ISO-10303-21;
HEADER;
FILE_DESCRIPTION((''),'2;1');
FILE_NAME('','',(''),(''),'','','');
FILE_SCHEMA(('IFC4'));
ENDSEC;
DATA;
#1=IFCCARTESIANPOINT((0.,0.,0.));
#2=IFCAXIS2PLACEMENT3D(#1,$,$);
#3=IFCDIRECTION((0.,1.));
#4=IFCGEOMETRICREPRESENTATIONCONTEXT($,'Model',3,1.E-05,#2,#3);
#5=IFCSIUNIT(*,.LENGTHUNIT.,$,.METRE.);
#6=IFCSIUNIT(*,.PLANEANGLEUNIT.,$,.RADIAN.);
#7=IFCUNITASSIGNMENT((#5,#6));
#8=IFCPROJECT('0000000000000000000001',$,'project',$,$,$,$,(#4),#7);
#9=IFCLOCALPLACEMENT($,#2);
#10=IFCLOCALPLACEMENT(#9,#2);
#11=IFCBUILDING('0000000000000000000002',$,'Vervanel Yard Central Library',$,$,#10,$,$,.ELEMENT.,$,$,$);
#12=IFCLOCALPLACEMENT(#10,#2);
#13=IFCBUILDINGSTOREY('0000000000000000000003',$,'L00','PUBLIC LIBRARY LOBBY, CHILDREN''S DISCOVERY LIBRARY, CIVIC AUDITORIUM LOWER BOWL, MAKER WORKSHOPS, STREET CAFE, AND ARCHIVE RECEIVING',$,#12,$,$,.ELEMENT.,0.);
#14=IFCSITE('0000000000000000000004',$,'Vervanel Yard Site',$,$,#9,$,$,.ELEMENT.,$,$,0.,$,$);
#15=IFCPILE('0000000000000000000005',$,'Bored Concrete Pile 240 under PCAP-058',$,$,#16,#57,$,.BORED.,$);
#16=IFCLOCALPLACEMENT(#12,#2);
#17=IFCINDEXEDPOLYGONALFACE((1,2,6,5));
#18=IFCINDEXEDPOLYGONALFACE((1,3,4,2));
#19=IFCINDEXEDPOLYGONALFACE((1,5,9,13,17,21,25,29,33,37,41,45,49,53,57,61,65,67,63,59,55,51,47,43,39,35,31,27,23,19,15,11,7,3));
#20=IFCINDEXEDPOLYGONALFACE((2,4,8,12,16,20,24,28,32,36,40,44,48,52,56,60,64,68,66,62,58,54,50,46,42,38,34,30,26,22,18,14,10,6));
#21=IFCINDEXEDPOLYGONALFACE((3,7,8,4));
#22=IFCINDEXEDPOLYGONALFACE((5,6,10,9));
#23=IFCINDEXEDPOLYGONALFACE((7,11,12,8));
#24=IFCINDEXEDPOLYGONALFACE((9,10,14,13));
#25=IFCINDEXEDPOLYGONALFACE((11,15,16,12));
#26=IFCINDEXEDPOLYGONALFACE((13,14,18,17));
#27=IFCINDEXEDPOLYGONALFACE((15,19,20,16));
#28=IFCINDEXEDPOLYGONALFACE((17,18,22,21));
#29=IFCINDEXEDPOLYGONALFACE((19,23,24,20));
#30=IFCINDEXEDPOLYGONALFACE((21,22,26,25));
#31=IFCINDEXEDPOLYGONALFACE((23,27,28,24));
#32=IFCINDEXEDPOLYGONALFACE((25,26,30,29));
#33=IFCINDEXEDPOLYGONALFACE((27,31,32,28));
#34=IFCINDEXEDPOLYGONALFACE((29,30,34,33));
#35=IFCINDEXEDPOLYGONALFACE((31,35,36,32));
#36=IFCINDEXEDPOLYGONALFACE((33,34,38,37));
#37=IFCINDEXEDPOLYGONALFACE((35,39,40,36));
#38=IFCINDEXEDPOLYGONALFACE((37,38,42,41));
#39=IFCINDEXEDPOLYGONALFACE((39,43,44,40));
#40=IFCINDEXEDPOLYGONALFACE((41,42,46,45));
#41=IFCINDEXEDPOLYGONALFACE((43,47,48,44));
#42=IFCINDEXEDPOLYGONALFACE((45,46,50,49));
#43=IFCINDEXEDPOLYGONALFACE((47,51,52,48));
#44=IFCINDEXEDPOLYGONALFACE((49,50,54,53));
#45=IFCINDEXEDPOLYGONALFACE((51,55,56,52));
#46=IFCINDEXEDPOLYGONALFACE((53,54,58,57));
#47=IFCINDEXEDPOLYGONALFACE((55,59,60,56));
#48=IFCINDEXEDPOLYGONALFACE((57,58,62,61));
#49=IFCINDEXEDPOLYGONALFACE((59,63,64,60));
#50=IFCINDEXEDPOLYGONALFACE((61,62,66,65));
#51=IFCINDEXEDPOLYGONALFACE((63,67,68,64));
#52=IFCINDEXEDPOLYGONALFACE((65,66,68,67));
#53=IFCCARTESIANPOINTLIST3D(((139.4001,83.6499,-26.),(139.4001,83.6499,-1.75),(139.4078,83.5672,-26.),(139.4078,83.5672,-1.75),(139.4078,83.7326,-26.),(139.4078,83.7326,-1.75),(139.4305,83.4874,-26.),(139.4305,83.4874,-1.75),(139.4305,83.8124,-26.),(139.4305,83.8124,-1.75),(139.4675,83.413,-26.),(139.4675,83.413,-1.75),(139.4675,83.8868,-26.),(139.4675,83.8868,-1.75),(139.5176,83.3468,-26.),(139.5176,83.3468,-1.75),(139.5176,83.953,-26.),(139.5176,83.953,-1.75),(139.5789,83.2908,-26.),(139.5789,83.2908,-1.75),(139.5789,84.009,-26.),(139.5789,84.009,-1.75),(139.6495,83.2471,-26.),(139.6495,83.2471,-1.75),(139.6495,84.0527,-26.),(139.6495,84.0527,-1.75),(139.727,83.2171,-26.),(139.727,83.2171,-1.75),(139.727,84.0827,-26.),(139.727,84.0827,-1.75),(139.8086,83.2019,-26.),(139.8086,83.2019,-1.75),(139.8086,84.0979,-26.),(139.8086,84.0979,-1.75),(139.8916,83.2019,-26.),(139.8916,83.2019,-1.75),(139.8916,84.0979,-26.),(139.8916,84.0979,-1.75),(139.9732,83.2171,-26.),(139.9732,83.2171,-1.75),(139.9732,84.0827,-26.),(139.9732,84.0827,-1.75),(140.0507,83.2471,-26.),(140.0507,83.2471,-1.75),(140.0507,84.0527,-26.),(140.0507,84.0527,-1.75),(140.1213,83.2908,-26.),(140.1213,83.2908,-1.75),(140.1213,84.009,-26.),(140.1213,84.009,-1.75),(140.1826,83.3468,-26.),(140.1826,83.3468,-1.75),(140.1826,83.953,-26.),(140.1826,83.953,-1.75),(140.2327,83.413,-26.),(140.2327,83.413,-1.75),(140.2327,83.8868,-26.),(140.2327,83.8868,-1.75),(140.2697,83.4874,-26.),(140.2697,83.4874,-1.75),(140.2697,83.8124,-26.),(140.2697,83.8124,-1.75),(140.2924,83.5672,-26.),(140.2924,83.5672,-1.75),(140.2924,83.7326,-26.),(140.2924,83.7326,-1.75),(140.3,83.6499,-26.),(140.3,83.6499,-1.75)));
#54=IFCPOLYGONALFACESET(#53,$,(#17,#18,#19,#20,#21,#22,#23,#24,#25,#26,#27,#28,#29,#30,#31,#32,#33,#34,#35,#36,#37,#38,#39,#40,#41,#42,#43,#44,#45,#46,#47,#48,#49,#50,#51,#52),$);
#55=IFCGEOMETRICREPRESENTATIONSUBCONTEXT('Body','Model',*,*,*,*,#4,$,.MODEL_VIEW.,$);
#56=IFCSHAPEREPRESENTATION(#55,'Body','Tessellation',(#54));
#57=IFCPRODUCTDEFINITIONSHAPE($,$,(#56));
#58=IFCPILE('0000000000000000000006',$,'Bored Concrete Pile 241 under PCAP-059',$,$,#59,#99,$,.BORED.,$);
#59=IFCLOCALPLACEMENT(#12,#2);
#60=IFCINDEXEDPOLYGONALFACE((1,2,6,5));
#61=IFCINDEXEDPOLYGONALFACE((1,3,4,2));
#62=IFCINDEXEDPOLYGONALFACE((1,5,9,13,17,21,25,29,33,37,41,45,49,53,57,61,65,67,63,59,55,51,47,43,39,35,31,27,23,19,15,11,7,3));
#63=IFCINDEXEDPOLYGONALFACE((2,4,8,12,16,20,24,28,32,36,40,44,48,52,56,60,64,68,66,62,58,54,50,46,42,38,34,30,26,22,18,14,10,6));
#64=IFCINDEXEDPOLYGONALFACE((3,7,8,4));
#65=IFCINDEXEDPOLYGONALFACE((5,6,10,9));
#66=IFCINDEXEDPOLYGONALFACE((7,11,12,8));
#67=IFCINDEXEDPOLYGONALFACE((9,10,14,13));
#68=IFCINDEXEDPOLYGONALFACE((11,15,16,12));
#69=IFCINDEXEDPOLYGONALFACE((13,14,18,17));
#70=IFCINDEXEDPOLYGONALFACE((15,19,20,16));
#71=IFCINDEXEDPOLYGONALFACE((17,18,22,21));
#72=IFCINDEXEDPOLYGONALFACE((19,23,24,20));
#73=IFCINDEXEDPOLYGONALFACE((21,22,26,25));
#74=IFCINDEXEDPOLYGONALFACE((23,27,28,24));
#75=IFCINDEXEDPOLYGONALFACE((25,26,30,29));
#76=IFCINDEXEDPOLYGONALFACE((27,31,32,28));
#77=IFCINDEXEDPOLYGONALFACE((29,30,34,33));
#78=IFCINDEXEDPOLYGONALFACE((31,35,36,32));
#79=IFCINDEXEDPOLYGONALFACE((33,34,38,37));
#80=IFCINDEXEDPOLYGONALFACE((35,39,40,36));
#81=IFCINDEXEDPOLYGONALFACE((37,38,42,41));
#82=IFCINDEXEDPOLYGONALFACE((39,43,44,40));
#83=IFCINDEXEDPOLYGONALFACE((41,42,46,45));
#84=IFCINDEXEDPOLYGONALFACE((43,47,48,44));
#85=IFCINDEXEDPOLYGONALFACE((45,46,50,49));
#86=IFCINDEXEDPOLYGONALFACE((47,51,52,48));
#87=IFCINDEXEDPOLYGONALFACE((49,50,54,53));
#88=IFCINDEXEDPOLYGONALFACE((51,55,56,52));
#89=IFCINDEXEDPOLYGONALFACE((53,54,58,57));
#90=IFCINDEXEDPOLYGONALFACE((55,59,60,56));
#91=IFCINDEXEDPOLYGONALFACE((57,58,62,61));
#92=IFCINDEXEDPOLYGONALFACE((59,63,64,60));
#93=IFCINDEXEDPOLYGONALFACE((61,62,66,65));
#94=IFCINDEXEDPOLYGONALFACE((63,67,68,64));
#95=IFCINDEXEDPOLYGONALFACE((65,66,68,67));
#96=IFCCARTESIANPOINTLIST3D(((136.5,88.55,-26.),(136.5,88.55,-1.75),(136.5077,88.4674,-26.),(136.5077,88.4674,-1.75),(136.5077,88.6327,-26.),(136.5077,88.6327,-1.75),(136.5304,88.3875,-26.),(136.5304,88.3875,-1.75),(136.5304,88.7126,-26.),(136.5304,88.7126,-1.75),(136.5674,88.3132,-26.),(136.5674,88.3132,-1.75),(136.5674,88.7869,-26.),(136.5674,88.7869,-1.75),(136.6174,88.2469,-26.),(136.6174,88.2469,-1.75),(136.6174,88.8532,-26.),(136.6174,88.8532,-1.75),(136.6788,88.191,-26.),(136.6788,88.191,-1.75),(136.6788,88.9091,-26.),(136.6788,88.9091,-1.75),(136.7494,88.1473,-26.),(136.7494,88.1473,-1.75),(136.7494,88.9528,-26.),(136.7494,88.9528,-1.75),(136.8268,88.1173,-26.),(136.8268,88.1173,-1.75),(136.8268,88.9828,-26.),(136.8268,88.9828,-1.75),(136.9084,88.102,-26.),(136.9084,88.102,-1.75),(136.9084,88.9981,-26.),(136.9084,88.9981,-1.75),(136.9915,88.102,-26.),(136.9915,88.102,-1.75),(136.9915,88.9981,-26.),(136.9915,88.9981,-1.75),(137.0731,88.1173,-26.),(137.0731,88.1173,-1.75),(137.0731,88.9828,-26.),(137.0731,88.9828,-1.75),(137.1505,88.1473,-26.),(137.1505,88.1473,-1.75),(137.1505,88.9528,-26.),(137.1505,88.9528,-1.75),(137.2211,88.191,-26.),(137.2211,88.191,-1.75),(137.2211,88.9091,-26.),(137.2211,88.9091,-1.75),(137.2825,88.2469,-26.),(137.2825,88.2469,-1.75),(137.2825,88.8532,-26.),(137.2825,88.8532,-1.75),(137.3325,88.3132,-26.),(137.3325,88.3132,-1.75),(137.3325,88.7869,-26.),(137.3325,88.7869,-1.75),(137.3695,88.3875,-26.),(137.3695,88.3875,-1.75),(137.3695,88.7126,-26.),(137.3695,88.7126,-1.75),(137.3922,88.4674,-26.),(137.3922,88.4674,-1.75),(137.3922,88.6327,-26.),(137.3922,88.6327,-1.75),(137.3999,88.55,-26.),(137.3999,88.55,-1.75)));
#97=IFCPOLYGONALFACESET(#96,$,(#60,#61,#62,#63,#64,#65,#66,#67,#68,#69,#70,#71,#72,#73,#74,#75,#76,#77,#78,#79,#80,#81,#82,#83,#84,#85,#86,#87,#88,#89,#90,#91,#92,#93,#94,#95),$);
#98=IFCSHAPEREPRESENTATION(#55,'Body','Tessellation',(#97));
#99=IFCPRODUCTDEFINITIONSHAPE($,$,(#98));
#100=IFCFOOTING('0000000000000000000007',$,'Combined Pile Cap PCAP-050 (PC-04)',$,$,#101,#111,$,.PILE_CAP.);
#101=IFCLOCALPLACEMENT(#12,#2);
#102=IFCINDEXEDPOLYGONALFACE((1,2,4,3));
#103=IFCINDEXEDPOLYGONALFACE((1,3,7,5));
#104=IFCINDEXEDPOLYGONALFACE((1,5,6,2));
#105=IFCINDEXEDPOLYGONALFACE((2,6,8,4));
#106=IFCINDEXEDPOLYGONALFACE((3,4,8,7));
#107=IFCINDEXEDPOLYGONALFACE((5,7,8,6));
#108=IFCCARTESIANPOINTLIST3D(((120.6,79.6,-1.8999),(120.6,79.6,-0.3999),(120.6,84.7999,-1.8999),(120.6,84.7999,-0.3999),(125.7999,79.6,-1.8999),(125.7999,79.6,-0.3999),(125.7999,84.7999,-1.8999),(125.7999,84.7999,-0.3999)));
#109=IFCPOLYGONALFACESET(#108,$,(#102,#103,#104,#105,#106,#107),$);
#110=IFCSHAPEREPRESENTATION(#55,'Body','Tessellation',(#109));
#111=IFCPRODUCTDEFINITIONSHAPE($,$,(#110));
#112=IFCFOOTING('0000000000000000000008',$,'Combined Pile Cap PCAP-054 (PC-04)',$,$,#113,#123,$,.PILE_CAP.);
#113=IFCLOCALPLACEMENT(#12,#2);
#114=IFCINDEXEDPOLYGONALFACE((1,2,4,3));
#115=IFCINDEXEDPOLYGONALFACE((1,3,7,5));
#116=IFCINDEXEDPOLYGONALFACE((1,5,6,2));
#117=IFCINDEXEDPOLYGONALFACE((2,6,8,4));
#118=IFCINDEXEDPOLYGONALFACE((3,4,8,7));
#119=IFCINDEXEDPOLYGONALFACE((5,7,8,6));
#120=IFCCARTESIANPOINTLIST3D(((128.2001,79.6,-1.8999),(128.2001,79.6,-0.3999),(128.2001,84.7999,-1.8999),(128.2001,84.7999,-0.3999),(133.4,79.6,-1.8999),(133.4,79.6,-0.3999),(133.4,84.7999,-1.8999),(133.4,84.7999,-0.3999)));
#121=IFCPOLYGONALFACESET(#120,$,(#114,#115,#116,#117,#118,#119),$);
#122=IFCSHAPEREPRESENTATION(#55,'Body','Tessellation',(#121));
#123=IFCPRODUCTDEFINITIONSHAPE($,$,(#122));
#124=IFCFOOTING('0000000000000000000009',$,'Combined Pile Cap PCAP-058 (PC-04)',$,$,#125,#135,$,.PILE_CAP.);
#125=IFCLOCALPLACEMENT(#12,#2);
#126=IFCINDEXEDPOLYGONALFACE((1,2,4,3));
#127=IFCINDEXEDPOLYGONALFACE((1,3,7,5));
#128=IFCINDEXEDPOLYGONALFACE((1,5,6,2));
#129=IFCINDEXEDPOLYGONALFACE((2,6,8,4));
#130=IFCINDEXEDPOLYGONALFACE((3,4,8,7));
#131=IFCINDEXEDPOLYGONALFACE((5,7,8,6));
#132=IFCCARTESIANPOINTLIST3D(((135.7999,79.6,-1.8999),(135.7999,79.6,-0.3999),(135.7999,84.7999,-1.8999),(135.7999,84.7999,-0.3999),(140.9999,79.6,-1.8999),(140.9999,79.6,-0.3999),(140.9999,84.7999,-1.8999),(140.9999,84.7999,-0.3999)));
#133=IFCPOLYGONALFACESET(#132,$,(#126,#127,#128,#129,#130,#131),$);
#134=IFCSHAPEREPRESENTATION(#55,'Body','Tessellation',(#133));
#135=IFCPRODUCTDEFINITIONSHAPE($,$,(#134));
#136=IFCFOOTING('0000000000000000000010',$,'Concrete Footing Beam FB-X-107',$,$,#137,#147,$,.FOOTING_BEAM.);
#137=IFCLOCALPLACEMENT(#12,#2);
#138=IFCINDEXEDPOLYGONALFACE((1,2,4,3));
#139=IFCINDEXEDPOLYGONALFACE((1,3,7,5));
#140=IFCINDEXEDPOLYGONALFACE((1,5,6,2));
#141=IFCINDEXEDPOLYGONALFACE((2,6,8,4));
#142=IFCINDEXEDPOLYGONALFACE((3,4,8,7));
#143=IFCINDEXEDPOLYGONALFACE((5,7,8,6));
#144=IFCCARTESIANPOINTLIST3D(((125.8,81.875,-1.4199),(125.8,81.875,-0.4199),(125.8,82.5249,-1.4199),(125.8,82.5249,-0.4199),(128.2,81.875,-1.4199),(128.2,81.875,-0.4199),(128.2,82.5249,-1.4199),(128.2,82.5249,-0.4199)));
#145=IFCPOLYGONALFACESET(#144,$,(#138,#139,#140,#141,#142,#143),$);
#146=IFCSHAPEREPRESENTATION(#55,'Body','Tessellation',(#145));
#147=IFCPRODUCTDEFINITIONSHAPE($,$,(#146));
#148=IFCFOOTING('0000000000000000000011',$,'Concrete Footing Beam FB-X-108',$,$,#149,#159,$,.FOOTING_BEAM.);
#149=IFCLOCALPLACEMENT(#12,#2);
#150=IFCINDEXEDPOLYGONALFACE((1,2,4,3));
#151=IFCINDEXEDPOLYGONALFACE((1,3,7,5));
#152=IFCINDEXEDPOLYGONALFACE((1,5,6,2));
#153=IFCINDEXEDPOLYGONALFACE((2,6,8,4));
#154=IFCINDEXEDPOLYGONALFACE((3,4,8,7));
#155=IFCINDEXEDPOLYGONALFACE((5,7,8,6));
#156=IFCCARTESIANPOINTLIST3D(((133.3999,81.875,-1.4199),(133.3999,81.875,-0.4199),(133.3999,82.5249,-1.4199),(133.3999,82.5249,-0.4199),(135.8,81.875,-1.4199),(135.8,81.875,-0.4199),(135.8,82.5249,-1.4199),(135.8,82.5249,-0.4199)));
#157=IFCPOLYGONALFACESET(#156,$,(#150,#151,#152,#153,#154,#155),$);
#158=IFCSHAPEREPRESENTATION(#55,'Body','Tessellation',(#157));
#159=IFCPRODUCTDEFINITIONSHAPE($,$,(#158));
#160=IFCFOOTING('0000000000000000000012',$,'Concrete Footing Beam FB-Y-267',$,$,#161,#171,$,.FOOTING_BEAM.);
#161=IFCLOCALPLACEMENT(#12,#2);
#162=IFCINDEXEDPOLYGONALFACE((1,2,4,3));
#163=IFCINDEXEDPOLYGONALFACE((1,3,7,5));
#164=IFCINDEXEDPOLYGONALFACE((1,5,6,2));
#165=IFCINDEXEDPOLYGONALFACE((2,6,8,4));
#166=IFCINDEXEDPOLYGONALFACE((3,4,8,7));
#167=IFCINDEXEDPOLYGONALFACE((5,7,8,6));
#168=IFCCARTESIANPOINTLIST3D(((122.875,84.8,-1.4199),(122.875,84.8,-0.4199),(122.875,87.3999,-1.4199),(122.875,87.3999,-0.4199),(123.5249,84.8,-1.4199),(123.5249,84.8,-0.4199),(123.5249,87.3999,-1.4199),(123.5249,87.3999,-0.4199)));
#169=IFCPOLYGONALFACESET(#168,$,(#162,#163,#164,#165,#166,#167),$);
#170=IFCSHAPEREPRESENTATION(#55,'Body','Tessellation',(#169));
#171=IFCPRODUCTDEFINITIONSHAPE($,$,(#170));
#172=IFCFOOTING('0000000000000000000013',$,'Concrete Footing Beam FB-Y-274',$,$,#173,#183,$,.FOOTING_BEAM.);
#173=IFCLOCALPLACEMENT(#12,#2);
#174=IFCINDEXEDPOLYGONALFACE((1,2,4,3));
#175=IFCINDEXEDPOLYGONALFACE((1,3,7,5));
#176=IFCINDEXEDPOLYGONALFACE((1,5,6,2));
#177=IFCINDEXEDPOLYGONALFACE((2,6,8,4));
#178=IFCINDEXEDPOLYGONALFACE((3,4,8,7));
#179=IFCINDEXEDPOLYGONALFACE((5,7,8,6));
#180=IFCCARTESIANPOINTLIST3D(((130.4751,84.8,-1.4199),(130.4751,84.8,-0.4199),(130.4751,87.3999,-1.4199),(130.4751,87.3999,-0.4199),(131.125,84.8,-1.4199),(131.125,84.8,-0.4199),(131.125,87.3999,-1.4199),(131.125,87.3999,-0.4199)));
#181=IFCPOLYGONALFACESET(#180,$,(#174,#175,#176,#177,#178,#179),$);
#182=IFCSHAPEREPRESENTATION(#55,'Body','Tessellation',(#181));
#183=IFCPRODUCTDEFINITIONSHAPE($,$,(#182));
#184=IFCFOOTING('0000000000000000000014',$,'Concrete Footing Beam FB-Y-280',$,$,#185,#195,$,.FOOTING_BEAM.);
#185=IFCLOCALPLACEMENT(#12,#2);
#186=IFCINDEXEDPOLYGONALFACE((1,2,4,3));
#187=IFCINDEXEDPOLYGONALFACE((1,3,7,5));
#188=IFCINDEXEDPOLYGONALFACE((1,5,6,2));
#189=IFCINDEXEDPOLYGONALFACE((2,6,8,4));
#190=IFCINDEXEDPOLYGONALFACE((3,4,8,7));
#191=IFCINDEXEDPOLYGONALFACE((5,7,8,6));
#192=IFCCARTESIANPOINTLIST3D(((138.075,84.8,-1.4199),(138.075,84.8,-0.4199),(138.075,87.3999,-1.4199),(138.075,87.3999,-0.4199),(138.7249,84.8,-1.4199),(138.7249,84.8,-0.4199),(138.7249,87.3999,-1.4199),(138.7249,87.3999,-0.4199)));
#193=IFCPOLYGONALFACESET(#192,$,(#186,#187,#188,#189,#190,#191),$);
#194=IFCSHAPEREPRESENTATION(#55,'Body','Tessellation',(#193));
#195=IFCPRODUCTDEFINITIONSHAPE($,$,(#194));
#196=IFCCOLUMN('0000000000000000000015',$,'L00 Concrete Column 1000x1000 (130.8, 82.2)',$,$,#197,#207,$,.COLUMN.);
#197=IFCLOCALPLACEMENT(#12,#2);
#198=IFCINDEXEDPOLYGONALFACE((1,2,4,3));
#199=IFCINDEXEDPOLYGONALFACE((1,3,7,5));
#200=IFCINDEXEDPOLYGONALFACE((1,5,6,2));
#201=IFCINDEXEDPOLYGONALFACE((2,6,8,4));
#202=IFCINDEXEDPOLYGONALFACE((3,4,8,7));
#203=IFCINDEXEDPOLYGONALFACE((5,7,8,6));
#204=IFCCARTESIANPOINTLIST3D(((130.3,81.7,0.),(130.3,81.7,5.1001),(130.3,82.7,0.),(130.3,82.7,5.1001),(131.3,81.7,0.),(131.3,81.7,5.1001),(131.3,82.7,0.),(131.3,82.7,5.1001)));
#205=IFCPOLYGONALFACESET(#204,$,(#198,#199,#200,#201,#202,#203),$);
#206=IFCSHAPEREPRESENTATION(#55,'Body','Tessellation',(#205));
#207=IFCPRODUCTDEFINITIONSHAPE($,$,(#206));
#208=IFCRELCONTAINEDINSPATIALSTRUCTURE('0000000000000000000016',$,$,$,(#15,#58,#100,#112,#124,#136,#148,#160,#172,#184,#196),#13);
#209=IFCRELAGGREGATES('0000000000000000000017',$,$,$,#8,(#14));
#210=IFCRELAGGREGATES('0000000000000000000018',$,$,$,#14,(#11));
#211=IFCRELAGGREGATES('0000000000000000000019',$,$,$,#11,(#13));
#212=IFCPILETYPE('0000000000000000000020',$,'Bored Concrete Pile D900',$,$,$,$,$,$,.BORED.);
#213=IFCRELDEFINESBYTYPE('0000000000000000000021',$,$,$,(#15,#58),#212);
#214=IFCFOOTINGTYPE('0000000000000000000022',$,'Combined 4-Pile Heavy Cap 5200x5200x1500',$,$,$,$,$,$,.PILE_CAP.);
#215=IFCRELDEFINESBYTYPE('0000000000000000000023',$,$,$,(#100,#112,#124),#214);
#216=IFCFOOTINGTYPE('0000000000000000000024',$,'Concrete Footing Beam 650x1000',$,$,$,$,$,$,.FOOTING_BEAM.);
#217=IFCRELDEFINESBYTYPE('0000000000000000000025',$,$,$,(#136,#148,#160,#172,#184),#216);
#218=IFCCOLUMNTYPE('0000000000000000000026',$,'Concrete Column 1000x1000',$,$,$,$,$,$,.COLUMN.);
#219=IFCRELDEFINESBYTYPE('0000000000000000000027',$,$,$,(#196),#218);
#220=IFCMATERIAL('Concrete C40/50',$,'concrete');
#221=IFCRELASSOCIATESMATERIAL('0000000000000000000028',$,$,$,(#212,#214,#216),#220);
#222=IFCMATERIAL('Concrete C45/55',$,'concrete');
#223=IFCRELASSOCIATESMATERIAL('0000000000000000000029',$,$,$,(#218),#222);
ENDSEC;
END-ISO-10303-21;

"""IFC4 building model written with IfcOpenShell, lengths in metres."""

from ifc_helpers import new_model, si_unit, direction, frame, origin, origin_2d, place, context, subcontext, project, spatial, rectangle, circle, extrude, material, material_profile, profile_set, type_object, element, save


model = new_model("IFC4")

# Units and contexts
model_context = context("Model", 3, precision=1e-05, world=origin(), true_north=direction((0.0, 1.0)))
body_context = subcontext(model_context, "Body", "Model", "MODEL_VIEW")
ifc_project = project(units=[si_unit("LENGTHUNIT", "METRE"), si_unit("PLANEANGLEUNIT", "RADIAN")], contexts=[model_context])

# Site, building, storey
site_placement = place(None, origin())
site = spatial("IfcSite", under=ifc_project, at=site_placement, Name="Vervanel Yard Site", CompositionType="ELEMENT", RefElevation=0.0)
building_placement = place(site_placement, origin())
building = spatial("IfcBuilding", under=site, at=building_placement, Name="Vervanel Yard Central Library", CompositionType="ELEMENT")
storey_placement = place(building_placement, origin())
storey = spatial("IfcBuildingStorey", under=building, at=storey_placement, Name="L00", Description="PUBLIC LIBRARY LOBBY, CHILDREN'S DISCOVERY LIBRARY, CIVIC AUDITORIUM LOWER BOWL, MAKER WORKSHOPS, STREET CAFE, AND ARCHIVE RECEIVING", CompositionType="ELEMENT", Elevation=0.0)

# Piles
ifc_material_1 = material(Name="Concrete C40/50", Category="concrete")
ifc_material_profile_1 = material_profile(ifc_material_1, circle(Radius=0.45, at=origin_2d()), Name="BP D900", Category="concrete")
ifc_profile_set_1 = profile_set([ifc_material_profile_1], Name="Concrete C40/50")
pile_type = type_object("IfcPileType", Name="Bored Concrete Pile D900", PredefinedType="BORED", material=ifc_profile_set_1)
for number, where, z_axis, x_axis, name in (
    (1, (139.8501, 83.6499, -1.75), (0.0, 0.0, -1.0), (1.0, 0.0, 0.0), "Bored Concrete Pile 240 under PCAP-058"),
    (2, (136.95, 88.55, -1.75), (0.0, 0.0, -1.0), (1.0, 0.0, 0.0), "Bored Concrete Pile 241 under PCAP-059"),
):
    element("IfcPile", number, at=place(storey_placement, frame(where, z_axis=z_axis, x_axis=x_axis)), inside=storey, type_object=pile_type, Name=name, PredefinedType="BORED", context=body_context, shape_type="SweptSolid", body=[
        extrude(circle(Radius=0.45, at=origin_2d()), origin(), (0.0, 0.0, 1.0), 24.25),
    ])

# Footings
footing_type_1 = type_object("IfcFootingType", Name="Combined 4-Pile Heavy Cap 5200x5200x1500", PredefinedType="PILE_CAP", material=ifc_material_1)
for number, where, z_axis, x_axis, name in (
    (3, (123.2, 82.2, -1.8999), (0.0, 0.0, 1.0), (1.0, 0.0, 0.0), "Combined Pile Cap PCAP-050 (PC-04)"),
    (4, (130.8, 82.2, -1.8999), (0.0, 0.0, 1.0), (1.0, 0.0, 0.0), "Combined Pile Cap PCAP-054 (PC-04)"),
    (5, (138.3999, 82.2, -1.8999), (0.0, 0.0, 1.0), (1.0, 0.0, 0.0), "Combined Pile Cap PCAP-058 (PC-04)"),
):
    element("IfcFooting", number, at=place(storey_placement, frame(where, z_axis=z_axis, x_axis=x_axis)), inside=storey, type_object=footing_type_1, Name=name, PredefinedType="PILE_CAP", context=body_context, shape_type="SweptSolid", body=[
        extrude(rectangle(XDim=5.2, YDim=5.2, at=origin_2d()), origin(), (0.0, 0.0, 1.0), 1.5),
    ])
ifc_material_profile_2 = material_profile(ifc_material_1, rectangle(XDim=0.6499, YDim=1.0, at=origin_2d()), Name="RC 650x1000", Category="concrete")
ifc_profile_set_2 = profile_set([ifc_material_profile_2], Name="Concrete C40/50")
footing_type_2 = type_object("IfcFootingType", Name="Concrete Footing Beam 650x1000", PredefinedType="FOOTING_BEAM", material=ifc_profile_set_2)
footing_1_placement = place(storey_placement, frame((125.8, 82.2, -0.9199), z_axis=(1.0, 0.0, 0.0), x_axis=(0.0, 1.0, 0.0)))
element("IfcFooting", 6, at=footing_1_placement, inside=storey, type_object=footing_type_2, Name="Concrete Footing Beam FB-X-107", PredefinedType="FOOTING_BEAM", context=body_context, shape_type="SweptSolid", body=[
    extrude(rectangle(XDim=0.6499, YDim=1.0, at=origin_2d()), origin(), (0.0, 0.0, 1.0), 2.3999),
])
footing_2_placement = place(storey_placement, frame((133.3999, 82.2, -0.9199), z_axis=(1.0, 0.0, 0.0), x_axis=(0.0, 1.0, 0.0)))
element("IfcFooting", 7, at=footing_2_placement, inside=storey, type_object=footing_type_2, Name="Concrete Footing Beam FB-X-108", PredefinedType="FOOTING_BEAM", context=body_context, shape_type="SweptSolid", body=[
    extrude(rectangle(XDim=0.6499, YDim=1.0, at=origin_2d()), origin(), (0.0, 0.0, 1.0), 2.4001),
])
for number, where, z_axis, x_axis, name in (
    (8, (123.2, 84.8, -0.9199), (0.0, 1.0, 0.0), (-1.0, 0.0, 0.0), "Concrete Footing Beam FB-Y-267"),
    (9, (130.8, 84.8, -0.9199), (0.0, 1.0, 0.0), (-1.0, 0.0, 0.0), "Concrete Footing Beam FB-Y-274"),
    (10, (138.3999, 84.8, -0.9199), (0.0, 1.0, 0.0), (-1.0, 0.0, 0.0), "Concrete Footing Beam FB-Y-280"),
):
    element("IfcFooting", number, at=place(storey_placement, frame(where, z_axis=z_axis, x_axis=x_axis)), inside=storey, type_object=footing_type_2, Name=name, PredefinedType="FOOTING_BEAM", context=body_context, shape_type="SweptSolid", body=[
        extrude(rectangle(XDim=0.6499, YDim=1.0, at=origin_2d()), origin(), (0.0, 0.0, 1.0), 2.5999),
    ])

# Column
ifc_material_2 = material(Name="Concrete C45/55", Category="concrete")
ifc_material_profile_3 = material_profile(ifc_material_2, rectangle(XDim=1.0, YDim=1.0, at=origin_2d()), Name="RC 1000x1000", Category="concrete")
ifc_profile_set_3 = profile_set([ifc_material_profile_3], Name="Concrete C45/55")
column_type_1 = type_object("IfcColumnType", Name="Concrete Column 1000x1000", PredefinedType="COLUMN", material=ifc_profile_set_3)
for number, where, z_axis, x_axis, name in (
    (11, (130.8, 82.2, 0.0), (0.0, 0.0, 1.0), (1.0, 0.0, 0.0), "L00 Concrete Column 1000x1000 (130.8, 82.2)"),
):
    element("IfcColumn", number, at=place(storey_placement, frame(where, z_axis=z_axis, x_axis=x_axis)), inside=storey, type_object=column_type_1, Name=name, PredefinedType="COLUMN", context=body_context, shape_type="SweptSolid", body=[
        extrude(rectangle(XDim=1.0, YDim=1.0, at=origin_2d()), origin(), (0.0, 0.0, 1.0), 5.1001),
    ])

save(model, "model.ifc")
